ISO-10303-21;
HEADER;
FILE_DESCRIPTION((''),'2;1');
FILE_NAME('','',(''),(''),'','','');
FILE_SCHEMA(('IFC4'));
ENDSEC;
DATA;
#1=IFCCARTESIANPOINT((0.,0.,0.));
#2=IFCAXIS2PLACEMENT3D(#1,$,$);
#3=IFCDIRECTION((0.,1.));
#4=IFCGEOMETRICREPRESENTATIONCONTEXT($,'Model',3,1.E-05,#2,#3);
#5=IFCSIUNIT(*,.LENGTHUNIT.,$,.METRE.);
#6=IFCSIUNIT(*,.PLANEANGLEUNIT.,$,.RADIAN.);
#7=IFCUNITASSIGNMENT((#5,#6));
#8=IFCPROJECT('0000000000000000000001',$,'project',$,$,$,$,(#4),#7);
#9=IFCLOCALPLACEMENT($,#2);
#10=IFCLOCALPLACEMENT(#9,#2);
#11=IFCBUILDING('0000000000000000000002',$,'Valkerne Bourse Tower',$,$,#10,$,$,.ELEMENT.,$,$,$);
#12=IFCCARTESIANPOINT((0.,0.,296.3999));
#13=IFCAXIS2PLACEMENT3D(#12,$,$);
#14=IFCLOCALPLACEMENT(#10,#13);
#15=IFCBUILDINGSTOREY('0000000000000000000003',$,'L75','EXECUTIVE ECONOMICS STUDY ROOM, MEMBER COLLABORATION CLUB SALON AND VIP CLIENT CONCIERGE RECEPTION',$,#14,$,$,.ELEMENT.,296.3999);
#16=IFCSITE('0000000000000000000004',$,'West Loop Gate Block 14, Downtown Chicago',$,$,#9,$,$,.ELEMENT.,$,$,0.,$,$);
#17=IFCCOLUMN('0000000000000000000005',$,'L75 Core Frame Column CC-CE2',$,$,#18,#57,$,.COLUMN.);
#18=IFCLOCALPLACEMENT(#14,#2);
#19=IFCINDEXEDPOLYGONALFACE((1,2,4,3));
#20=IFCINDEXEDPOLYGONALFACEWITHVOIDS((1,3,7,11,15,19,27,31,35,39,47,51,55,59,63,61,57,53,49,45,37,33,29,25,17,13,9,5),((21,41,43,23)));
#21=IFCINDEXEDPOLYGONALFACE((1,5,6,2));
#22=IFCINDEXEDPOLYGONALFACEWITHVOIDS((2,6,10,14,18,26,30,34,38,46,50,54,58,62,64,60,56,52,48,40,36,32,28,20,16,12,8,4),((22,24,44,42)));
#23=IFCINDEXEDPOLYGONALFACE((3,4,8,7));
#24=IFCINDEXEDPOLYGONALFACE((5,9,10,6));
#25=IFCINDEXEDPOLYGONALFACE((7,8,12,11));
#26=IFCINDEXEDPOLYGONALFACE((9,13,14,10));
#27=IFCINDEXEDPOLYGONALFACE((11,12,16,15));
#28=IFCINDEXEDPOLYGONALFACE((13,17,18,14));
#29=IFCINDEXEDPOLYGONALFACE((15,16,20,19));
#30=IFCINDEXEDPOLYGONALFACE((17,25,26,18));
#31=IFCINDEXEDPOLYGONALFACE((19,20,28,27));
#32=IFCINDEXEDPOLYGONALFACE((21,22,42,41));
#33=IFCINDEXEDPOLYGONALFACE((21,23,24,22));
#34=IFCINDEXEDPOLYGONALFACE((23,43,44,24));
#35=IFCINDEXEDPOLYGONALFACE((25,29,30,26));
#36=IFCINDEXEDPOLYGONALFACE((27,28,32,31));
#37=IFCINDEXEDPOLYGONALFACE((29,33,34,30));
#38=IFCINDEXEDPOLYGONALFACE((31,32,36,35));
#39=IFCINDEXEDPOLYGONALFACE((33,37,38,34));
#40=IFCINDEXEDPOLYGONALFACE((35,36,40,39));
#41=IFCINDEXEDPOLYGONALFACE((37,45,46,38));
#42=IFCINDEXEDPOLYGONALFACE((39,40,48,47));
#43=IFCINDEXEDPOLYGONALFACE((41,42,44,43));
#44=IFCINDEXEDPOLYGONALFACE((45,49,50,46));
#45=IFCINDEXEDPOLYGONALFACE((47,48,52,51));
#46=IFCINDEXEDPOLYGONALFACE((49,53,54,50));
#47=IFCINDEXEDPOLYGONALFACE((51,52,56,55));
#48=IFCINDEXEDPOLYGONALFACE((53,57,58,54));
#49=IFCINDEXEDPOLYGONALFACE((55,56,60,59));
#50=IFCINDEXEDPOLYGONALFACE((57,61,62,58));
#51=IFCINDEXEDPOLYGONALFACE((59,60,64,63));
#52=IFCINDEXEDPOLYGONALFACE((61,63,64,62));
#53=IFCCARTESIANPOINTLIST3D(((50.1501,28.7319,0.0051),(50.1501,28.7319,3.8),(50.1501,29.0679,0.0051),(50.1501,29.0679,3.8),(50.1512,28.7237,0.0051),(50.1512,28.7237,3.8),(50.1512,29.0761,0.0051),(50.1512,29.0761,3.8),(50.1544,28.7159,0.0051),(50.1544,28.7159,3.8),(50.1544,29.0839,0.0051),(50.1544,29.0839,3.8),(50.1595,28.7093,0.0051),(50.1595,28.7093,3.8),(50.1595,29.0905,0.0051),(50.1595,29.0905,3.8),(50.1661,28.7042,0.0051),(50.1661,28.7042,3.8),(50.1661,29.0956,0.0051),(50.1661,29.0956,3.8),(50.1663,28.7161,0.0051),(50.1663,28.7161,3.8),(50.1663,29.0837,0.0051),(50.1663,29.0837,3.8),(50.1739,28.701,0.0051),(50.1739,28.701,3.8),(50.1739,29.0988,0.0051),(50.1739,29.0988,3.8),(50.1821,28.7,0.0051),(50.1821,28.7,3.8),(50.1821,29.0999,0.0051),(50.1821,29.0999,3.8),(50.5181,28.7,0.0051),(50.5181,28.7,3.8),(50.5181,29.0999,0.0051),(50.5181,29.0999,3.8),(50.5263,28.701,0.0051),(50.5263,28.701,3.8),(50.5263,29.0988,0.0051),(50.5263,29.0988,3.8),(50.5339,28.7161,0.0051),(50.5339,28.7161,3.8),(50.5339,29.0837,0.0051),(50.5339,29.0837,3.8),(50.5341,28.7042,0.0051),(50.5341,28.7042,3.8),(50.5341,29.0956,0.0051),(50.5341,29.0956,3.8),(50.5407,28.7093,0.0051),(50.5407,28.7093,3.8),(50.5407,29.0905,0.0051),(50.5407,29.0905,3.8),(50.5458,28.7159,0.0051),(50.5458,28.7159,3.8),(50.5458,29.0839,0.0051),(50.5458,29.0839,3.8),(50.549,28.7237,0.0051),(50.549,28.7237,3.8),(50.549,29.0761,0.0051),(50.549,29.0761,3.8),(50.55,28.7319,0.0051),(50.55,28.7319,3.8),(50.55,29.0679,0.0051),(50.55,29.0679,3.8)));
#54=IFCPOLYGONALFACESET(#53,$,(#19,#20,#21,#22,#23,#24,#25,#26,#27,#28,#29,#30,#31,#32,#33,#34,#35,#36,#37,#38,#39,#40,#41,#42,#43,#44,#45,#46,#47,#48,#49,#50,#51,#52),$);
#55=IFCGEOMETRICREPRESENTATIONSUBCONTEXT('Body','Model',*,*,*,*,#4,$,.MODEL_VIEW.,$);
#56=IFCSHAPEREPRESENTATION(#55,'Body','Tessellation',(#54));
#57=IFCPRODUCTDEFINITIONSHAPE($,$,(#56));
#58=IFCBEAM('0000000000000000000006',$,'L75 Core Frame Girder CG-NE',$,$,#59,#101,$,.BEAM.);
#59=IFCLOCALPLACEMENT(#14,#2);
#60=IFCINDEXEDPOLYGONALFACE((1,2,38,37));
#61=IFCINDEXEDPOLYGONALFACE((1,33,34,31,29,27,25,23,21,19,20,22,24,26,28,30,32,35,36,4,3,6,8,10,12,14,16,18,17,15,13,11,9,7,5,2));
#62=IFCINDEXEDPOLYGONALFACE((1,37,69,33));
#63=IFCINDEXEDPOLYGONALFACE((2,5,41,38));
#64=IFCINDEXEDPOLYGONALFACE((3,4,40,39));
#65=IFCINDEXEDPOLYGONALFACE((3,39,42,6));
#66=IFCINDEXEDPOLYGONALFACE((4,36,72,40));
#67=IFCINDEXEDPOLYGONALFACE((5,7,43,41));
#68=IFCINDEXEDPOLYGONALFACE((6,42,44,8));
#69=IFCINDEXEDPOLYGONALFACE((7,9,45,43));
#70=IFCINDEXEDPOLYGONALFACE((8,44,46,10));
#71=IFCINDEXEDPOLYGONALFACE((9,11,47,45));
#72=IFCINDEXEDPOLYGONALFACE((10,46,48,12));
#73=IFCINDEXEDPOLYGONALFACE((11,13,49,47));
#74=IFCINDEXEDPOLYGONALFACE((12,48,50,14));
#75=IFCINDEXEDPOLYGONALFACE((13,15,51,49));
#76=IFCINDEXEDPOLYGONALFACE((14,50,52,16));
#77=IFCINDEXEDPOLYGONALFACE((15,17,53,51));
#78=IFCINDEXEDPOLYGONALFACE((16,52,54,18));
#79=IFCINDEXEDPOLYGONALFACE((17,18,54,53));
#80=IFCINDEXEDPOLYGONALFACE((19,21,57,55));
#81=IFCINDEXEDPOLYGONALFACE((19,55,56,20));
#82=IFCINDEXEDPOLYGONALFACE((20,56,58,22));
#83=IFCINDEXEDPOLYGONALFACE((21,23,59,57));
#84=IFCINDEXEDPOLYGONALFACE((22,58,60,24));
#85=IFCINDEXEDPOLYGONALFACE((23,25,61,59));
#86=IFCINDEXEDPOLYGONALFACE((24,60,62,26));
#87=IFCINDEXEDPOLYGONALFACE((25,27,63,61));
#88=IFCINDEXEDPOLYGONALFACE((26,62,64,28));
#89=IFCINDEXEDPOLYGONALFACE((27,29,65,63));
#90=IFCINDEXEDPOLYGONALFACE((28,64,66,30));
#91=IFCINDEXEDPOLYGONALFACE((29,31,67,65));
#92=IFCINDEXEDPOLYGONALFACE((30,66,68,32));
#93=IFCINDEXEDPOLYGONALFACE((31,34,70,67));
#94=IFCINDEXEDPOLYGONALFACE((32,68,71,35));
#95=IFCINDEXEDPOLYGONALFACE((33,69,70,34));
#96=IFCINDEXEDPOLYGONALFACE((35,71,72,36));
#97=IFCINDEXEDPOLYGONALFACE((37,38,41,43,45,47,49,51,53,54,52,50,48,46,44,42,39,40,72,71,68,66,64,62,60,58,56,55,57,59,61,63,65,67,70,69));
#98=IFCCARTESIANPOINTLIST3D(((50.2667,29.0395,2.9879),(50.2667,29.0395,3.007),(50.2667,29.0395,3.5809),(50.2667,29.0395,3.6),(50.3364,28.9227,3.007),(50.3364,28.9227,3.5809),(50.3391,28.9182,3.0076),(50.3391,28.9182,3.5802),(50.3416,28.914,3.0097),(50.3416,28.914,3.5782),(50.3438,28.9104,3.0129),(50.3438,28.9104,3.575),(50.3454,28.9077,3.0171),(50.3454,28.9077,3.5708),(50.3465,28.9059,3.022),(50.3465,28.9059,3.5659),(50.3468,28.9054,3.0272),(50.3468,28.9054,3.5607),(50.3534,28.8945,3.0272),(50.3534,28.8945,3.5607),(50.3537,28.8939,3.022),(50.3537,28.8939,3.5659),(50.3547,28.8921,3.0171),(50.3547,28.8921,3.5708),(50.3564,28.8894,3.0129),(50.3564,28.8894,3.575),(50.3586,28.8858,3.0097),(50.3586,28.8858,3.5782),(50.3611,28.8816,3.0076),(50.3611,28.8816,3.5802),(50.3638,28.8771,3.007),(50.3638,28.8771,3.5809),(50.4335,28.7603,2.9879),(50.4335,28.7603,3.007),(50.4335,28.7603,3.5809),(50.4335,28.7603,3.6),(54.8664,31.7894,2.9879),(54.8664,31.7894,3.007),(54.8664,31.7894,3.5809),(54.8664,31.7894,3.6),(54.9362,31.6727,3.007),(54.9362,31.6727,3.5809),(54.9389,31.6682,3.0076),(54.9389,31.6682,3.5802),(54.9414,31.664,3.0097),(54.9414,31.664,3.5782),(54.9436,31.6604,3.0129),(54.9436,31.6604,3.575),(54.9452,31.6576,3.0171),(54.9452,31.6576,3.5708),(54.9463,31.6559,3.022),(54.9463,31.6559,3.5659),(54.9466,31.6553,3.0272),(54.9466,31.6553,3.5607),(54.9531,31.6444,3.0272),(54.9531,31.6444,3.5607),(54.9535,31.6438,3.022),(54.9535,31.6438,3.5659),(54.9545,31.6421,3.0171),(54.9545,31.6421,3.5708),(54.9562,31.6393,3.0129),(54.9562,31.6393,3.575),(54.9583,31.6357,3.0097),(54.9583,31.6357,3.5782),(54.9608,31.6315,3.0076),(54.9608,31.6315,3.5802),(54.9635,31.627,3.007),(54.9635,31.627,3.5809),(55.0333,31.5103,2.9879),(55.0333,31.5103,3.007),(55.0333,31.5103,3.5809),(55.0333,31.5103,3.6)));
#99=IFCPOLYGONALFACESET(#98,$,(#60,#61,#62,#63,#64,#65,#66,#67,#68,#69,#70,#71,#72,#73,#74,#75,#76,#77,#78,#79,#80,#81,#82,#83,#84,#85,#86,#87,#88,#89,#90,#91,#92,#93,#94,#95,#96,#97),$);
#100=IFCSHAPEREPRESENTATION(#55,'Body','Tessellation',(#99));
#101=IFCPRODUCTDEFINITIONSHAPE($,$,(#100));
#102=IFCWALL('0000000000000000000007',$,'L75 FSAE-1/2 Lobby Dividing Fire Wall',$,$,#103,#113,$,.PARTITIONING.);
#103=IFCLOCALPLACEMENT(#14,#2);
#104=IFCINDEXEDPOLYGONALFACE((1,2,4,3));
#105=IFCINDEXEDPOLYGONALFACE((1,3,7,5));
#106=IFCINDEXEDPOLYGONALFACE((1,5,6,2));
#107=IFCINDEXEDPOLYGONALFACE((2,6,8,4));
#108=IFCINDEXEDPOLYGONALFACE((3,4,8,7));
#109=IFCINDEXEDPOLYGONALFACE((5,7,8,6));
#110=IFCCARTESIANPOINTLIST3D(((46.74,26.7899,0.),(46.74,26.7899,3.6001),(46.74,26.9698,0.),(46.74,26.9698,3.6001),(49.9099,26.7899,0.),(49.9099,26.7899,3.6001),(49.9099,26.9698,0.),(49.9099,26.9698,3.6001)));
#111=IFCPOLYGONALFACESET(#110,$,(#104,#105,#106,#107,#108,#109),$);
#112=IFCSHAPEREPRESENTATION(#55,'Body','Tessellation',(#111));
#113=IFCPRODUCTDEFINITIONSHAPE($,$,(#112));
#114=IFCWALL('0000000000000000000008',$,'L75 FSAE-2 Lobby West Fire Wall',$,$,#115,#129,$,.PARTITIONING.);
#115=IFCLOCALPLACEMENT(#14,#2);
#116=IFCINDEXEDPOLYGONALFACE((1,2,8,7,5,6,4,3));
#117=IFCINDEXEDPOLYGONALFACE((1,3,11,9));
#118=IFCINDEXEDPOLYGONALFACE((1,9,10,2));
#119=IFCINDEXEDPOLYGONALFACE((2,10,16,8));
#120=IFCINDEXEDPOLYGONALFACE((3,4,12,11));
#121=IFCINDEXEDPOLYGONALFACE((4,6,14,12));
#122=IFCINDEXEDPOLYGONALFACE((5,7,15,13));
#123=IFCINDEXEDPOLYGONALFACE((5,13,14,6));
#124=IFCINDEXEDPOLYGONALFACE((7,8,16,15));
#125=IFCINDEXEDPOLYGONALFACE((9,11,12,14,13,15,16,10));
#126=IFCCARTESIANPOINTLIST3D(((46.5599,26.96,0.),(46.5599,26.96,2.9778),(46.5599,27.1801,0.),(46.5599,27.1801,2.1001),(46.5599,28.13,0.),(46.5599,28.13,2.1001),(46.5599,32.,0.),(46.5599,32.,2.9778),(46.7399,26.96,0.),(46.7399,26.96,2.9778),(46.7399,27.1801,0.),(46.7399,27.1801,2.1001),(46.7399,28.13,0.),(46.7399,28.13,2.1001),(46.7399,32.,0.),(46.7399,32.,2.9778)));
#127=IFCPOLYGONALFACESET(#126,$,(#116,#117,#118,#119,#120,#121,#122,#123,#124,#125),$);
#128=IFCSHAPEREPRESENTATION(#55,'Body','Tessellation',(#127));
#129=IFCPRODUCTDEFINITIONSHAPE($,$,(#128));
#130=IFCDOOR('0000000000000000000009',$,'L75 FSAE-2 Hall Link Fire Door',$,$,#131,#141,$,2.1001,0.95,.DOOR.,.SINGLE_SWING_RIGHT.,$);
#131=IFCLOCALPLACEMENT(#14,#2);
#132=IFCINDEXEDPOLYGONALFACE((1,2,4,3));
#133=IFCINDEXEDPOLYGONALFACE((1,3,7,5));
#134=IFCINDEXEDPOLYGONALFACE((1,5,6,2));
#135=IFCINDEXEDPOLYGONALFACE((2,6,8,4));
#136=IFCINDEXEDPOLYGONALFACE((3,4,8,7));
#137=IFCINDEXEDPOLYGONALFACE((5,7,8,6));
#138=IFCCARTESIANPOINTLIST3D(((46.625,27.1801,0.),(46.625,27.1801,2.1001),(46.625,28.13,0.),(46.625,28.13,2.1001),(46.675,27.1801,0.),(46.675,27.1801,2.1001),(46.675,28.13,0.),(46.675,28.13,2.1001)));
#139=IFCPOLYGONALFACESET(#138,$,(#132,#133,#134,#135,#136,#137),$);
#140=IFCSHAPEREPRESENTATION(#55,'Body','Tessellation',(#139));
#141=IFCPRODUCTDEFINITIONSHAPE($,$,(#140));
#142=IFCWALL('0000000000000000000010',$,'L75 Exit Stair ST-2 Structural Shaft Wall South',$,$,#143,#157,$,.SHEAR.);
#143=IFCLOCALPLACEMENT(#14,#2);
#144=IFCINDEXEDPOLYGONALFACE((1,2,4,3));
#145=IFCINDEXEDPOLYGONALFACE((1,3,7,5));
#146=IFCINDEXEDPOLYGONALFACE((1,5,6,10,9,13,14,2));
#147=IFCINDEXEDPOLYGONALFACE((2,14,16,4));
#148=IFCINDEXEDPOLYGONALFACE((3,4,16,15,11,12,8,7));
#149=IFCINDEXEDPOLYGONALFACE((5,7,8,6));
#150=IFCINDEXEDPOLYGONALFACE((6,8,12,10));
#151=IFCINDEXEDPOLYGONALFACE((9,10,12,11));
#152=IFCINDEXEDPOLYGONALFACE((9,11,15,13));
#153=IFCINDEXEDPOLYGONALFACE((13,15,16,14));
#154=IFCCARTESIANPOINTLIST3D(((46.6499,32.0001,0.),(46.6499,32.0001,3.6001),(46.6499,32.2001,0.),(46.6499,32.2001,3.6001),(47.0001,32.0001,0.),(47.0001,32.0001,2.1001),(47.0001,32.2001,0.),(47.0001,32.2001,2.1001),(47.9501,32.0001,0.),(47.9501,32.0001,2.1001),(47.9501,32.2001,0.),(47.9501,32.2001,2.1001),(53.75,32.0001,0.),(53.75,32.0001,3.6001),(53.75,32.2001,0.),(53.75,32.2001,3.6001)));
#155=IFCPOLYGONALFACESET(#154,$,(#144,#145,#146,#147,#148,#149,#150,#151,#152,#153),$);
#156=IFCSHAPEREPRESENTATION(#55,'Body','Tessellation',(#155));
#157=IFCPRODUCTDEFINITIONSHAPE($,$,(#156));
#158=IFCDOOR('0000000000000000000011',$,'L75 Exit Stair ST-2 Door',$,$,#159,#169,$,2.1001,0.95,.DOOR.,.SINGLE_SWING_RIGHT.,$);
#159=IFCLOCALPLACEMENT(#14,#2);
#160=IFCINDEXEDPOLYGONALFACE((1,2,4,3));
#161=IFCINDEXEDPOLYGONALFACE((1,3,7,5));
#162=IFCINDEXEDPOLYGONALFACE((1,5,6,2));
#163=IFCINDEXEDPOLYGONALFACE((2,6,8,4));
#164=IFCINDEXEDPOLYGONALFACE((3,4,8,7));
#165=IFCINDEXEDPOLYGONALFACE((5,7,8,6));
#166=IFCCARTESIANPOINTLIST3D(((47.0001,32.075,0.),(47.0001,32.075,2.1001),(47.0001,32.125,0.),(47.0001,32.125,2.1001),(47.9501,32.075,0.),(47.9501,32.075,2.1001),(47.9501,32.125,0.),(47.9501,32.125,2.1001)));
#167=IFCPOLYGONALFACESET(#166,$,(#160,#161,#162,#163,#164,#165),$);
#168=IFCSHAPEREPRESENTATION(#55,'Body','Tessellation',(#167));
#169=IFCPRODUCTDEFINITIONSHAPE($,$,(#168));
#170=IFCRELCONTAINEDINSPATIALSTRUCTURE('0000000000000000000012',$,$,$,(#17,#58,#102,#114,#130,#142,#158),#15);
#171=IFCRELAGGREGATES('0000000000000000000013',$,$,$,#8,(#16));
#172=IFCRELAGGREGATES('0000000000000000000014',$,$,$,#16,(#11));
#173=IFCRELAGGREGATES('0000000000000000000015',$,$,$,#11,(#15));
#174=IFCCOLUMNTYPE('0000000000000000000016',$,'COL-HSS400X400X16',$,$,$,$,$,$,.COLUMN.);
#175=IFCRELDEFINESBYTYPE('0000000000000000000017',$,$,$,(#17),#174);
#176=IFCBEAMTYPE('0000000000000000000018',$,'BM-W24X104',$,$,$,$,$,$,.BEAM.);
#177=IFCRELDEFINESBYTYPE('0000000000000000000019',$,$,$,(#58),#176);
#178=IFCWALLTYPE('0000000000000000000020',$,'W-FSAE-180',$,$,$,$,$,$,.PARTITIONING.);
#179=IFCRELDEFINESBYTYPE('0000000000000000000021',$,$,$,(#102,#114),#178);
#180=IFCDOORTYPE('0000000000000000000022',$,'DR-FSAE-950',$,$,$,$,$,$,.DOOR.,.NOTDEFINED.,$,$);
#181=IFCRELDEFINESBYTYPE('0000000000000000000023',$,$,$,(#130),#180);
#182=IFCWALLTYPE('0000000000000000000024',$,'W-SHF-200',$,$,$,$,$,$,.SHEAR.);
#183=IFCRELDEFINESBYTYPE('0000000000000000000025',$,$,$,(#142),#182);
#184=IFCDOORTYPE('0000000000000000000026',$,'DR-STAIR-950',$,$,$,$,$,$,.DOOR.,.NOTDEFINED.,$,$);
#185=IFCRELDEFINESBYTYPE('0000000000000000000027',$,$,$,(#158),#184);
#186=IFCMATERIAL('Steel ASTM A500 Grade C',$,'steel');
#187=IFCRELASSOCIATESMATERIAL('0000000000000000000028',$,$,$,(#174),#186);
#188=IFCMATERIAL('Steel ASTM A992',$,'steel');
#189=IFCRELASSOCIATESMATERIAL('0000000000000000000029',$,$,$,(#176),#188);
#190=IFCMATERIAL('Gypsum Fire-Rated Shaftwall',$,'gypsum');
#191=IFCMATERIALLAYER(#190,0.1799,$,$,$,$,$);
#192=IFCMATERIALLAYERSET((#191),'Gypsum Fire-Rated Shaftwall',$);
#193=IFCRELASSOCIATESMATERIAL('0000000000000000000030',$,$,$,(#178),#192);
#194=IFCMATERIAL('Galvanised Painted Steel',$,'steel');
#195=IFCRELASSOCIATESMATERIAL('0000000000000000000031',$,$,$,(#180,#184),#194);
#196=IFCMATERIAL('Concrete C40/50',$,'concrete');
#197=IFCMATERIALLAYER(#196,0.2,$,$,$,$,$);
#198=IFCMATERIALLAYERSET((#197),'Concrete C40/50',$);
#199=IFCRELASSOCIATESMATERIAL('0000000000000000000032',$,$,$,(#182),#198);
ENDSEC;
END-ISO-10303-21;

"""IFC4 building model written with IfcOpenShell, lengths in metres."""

from ifc_helpers import new_model, si_unit, direction, frame, frame_2d, origin, origin_2d, place, context, subcontext, project, spatial, rectangle, hollow_rectangle, i_section, extrude, material, layer, layer_set, material_profile, profile_set, type_object, element, fill, save


model = new_model("IFC4")

# Units and contexts
model_context = context("Model", 3, precision=1e-05, world=origin(), true_north=direction((0.0, 1.0)))
body_context = subcontext(model_context, "Body", "Model", "MODEL_VIEW")
ifc_project = project(units=[si_unit("LENGTHUNIT", "METRE"), si_unit("PLANEANGLEUNIT", "RADIAN")], contexts=[model_context])

# Site, building, storey
site_placement = place(None, origin())
site = spatial("IfcSite", under=ifc_project, at=site_placement, Name="West Loop Gate Block 14, Downtown Chicago", CompositionType="ELEMENT", RefElevation=0.0)
building_placement = place(site_placement, origin())
building = spatial("IfcBuilding", under=site, at=building_placement, Name="Valkerne Bourse Tower", CompositionType="ELEMENT")
storey_placement = place(building_placement, frame((0.0, 0.0, 296.3999)))
storey = spatial("IfcBuildingStorey", under=building, at=storey_placement, Name="L75", Description="EXECUTIVE ECONOMICS STUDY ROOM, MEMBER COLLABORATION CLUB SALON AND VIP CLIENT CONCIERGE RECEPTION", CompositionType="ELEMENT", Elevation=296.3999)

# Column
ifc_material_1 = material(Name="Steel ASTM A500 Grade C", Category="steel")
ifc_material_profile_1 = material_profile(ifc_material_1, hollow_rectangle(XDim=0.3999, YDim=0.3999, WallThickness=0.0161, OuterFilletRadius=0.032, at=origin_2d()), Name="HSS400X400X16")
ifc_profile_set_1 = profile_set([ifc_material_profile_1], Name="Steel ASTM A500 Grade C")
column_type = type_object("IfcColumnType", Name="COL-HSS400X400X16", PredefinedType="COLUMN", material=ifc_profile_set_1)
column_placement = place(storey_placement, frame((50.3501, 28.8999, 0.0051), z_axis=(0.0, 0.0, 1.0), x_axis=(1.0, 0.0, 0.0)))
element("IfcColumn", 1, at=column_placement, inside=storey, type_object=column_type, Name="L75 Core Frame Column CC-CE2", PredefinedType="COLUMN", context=body_context, shape_type="SweptSolid", body=[
    extrude(hollow_rectangle(XDim=0.3999, YDim=0.3999, WallThickness=0.0161, OuterFilletRadius=0.032, at=origin_2d()), origin(), (0.0, 0.0, 1.0), 3.7949),
])

# Beam
ifc_material_2 = material(Name="Steel ASTM A992", Category="steel")
ifc_material_profile_2 = material_profile(ifc_material_2, i_section(OverallWidth=0.3252, OverallDepth=0.6121, WebThickness=0.0127, FlangeThickness=0.019, FilletRadius=0.0203, at=origin_2d()), Name="W24X104")
ifc_profile_set_2 = profile_set([ifc_material_profile_2], Name="Steel ASTM A992")
beam_type = type_object("IfcBeamType", Name="BM-W24X104", PredefinedType="BEAM", material=ifc_profile_set_2)
beam_placement = place(storey_placement, frame((50.3501, 28.8999, 3.2939), z_axis=(0.858308, 0.513135, 0.0), x_axis=(-0.513135, 0.858308, 0.0)))
element("IfcBeam", 2, at=beam_placement, inside=storey, type_object=beam_type, Name="L75 Core Frame Girder CG-NE", PredefinedType="BEAM", context=body_context, shape_type="SweptSolid", body=[
    extrude(i_section(OverallWidth=0.3252, OverallDepth=0.6121, WebThickness=0.0127, FlangeThickness=0.019, FilletRadius=0.0203, at=origin_2d()), origin(), (0.0, 0.0, 1.0), 5.3591),
])

# Wall
ifc_material_3 = material(Name="Gypsum Fire-Rated Shaftwall", Category="gypsum")
ifc_layer_1 = layer(ifc_material_3, 0.1799)
ifc_layer_set_1 = layer_set([ifc_layer_1], Name="Gypsum Fire-Rated Shaftwall")
wall_type_1 = type_object("IfcWallType", Name="W-FSAE-180", PredefinedType="PARTITIONING", material=ifc_layer_set_1)
wall_1_placement = place(storey_placement, frame((46.74, 26.8799, 0.0), z_axis=(0.0, 0.0, 1.0), x_axis=(1.0, 0.0, 0.0)))
element("IfcWall", 3, at=wall_1_placement, inside=storey, type_object=wall_type_1, Name="L75 FSAE-1/2 Lobby Dividing Fire Wall", PredefinedType="PARTITIONING", context=body_context, shape_type="SweptSolid", body=[
    extrude(rectangle(XDim=3.1699, YDim=0.1799, at=frame_2d((1.585, 0.0))), origin(), (0.0, 0.0, 1.0), 3.6001),
])

# Wall, opening, door
wall_2_placement = place(storey_placement, frame((46.6499, 26.96, 0.0), z_axis=(0.0, 0.0, 1.0), x_axis=(0.0, 1.0, 0.0)))
wall_2 = element("IfcWall", 4, at=wall_2_placement, inside=storey, type_object=wall_type_1, Name="L75 FSAE-2 Lobby West Fire Wall", PredefinedType="PARTITIONING", context=body_context, shape_type="SweptSolid", body=[
    extrude(rectangle(XDim=5.04, YDim=0.1799, at=frame_2d((2.52, 0.0))), origin(), (0.0, 0.0, 1.0), 2.9778),
])
opening_1_placement = place(wall_2_placement, frame((0.22, 0.0, 0.0)))
opening_1 = element("IfcOpeningElement", 5, at=opening_1_placement, cuts=wall_2, PredefinedType="OPENING", context=body_context, shape_type="SweptSolid", body=[
    extrude(rectangle(XDim=0.95, YDim=2.1001, at=frame_2d((0.4751, 1.05))), frame((0.0, 0.0999, 0.0), z_axis=(0.0, -1.0, 0.0), x_axis=(1.0, 0.0, 0.0)), (0.0, 0.0, 1.0), 0.2),
])
ifc_material_4 = material(Name="Galvanised Painted Steel", Category="steel")
door_type_1 = type_object("IfcDoorType", Name="DR-FSAE-950", OperationType="NOTDEFINED", PredefinedType="DOOR", material=ifc_material_4)
door_1_placement = place(opening_1_placement, origin())
door_1 = element("IfcDoor", 6, at=door_1_placement, inside=storey, type_object=door_type_1, Name="L75 FSAE-2 Hall Link Fire Door", OperationType="SINGLE_SWING_RIGHT", OverallHeight=2.1001, OverallWidth=0.95, PredefinedType="DOOR", context=body_context, shape_type="SweptSolid", body=[
    extrude(rectangle(XDim=0.95, YDim=2.1001, at=frame_2d((0.4751, 1.05))), frame((0.0, 0.0249, 0.0), z_axis=(0.0, -1.0, 0.0), x_axis=(1.0, 0.0, 0.0)), (0.0, 0.0, 1.0), 0.05),
])
fill(opening_1, door_1)

# Wall, opening, door
ifc_material_5 = material(Name="Concrete C40/50", Category="concrete")
ifc_layer_2 = layer(ifc_material_5, 0.2)
ifc_layer_set_2 = layer_set([ifc_layer_2], Name="Concrete C40/50")
wall_type_2 = type_object("IfcWallType", Name="W-SHF-200", PredefinedType="SHEAR", material=ifc_layer_set_2)
wall_3_placement = place(storey_placement, frame((46.6499, 32.1001, 0.0), z_axis=(0.0, 0.0, 1.0), x_axis=(1.0, 0.0, 0.0)))
wall_3 = element("IfcWall", 7, at=wall_3_placement, inside=storey, type_object=wall_type_2, Name="L75 Exit Stair ST-2 Structural Shaft Wall South", PredefinedType="SHEAR", context=body_context, shape_type="SweptSolid", body=[
    extrude(rectangle(XDim=7.1001, YDim=0.2, at=frame_2d((3.55, 0.0))), origin(), (0.0, 0.0, 1.0), 3.6001),
])
opening_2_placement = place(wall_3_placement, frame((0.3501, 0.0, 0.0)))
opening_2 = element("IfcOpeningElement", 8, at=opening_2_placement, cuts=wall_3, PredefinedType="OPENING", context=body_context, shape_type="SweptSolid", body=[
    extrude(rectangle(XDim=0.95, YDim=2.1001, at=frame_2d((0.4751, 1.05))), frame((0.0, 0.1099, 0.0), z_axis=(0.0, -1.0, 0.0), x_axis=(1.0, 0.0, 0.0)), (0.0, 0.0, 1.0), 0.22),
])
door_type_2 = type_object("IfcDoorType", Name="DR-STAIR-950", OperationType="NOTDEFINED", PredefinedType="DOOR", material=ifc_material_4)
door_2_placement = place(opening_2_placement, origin())
door_2 = element("IfcDoor", 9, at=door_2_placement, inside=storey, type_object=door_type_2, Name="L75 Exit Stair ST-2 Door", OperationType="SINGLE_SWING_RIGHT", OverallHeight=2.1001, OverallWidth=0.95, PredefinedType="DOOR", context=body_context, shape_type="SweptSolid", body=[
    extrude(rectangle(XDim=0.95, YDim=2.1001, at=frame_2d((0.4751, 1.05))), frame((0.0, 0.0249, 0.0), z_axis=(0.0, -1.0, 0.0), x_axis=(1.0, 0.0, 0.0)), (0.0, 0.0, 1.0), 0.05),
])
fill(opening_2, door_2)

save(model, "model.ifc")
